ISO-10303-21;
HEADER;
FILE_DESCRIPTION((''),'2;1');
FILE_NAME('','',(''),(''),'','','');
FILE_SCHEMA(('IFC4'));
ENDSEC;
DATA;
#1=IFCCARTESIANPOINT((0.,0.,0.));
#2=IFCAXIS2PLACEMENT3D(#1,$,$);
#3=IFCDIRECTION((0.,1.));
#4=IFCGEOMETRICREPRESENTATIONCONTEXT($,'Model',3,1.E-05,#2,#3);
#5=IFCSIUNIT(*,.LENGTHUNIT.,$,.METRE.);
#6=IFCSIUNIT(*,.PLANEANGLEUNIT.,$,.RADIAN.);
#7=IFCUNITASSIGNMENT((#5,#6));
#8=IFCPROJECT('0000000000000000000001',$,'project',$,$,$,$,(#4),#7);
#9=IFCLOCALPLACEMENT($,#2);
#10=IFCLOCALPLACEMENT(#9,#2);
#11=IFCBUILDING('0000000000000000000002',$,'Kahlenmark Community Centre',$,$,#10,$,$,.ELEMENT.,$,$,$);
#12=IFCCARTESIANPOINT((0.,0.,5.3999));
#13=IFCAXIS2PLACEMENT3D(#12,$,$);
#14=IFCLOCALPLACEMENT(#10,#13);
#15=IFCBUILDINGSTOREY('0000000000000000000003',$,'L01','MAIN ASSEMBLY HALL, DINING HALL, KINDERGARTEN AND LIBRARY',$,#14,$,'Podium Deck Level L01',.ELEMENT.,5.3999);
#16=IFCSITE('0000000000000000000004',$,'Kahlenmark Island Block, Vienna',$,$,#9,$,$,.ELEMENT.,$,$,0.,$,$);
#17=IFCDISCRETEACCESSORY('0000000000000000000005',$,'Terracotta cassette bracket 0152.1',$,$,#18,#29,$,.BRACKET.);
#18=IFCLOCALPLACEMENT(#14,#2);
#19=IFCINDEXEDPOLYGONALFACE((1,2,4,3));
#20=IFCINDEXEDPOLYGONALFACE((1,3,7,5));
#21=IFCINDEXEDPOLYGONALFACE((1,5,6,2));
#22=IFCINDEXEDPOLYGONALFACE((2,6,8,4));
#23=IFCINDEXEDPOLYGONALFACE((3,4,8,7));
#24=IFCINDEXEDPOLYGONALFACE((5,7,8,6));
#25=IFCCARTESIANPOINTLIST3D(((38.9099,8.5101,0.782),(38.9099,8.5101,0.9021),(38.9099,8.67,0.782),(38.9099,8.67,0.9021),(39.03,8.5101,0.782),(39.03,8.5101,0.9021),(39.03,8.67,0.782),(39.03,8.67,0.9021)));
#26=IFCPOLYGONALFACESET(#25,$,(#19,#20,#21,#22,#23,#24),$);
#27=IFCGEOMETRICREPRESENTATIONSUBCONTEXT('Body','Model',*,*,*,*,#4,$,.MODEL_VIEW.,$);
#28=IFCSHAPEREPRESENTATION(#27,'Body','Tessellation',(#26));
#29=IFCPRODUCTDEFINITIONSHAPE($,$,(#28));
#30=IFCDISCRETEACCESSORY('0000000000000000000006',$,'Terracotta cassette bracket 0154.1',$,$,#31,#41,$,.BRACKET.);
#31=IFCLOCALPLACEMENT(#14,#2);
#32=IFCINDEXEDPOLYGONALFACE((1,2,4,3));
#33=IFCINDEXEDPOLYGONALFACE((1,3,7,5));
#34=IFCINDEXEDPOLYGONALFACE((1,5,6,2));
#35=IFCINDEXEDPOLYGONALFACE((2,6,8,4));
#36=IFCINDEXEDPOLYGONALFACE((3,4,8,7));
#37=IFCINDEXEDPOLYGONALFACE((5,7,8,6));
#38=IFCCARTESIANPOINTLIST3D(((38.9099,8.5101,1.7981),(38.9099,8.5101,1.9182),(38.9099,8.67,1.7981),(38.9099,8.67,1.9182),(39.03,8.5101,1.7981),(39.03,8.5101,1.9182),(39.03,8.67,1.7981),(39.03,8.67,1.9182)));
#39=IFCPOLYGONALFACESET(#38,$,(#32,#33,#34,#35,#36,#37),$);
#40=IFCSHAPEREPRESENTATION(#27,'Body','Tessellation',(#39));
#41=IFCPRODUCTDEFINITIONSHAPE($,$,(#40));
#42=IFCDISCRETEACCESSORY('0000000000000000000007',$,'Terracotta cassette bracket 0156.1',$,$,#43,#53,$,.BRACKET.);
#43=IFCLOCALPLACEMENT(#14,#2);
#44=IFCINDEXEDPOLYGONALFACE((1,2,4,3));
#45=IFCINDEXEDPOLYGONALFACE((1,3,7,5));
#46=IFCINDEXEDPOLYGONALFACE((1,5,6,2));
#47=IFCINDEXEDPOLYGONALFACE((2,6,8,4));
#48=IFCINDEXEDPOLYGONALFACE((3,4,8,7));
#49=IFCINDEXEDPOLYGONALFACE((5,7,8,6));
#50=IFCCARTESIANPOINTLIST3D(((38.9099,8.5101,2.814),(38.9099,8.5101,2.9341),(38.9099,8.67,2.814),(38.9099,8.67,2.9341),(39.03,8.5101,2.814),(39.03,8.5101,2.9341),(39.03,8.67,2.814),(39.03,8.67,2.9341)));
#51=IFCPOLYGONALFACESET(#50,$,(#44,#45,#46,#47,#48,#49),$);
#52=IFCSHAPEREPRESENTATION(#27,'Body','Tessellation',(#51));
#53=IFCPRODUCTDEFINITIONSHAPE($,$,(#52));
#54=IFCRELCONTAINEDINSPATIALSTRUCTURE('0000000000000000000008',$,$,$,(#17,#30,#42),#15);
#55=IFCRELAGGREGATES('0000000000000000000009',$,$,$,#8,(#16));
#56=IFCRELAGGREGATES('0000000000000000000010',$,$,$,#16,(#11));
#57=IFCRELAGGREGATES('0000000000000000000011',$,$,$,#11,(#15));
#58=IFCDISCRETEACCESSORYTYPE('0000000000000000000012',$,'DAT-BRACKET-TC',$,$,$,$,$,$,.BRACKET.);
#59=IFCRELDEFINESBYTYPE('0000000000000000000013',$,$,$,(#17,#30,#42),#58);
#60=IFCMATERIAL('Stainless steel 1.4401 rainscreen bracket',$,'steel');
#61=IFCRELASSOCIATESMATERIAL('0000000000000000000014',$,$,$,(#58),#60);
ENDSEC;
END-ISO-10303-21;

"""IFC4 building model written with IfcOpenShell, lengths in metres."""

from ifc_helpers import new_model, si_unit, direction, frame, origin, origin_2d, place, context, subcontext, project, spatial, rectangle, extrude, material, type_object, element, save


model = new_model("IFC4")

# Units and contexts
model_context = context("Model", 3, precision=1e-05, world=origin(), true_north=direction((0.0, 1.0)))
body_context = subcontext(model_context, "Body", "Model", "MODEL_VIEW")
ifc_project = project(units=[si_unit("LENGTHUNIT", "METRE"), si_unit("PLANEANGLEUNIT", "RADIAN")], contexts=[model_context])

# Site, building, storey
site_placement = place(None, origin())
site = spatial("IfcSite", under=ifc_project, at=site_placement, Name="Kahlenmark Island Block, Vienna", CompositionType="ELEMENT", RefElevation=0.0)
building_placement = place(site_placement, origin())
building = spatial("IfcBuilding", under=site, at=building_placement, Name="Kahlenmark Community Centre", CompositionType="ELEMENT")
storey_placement = place(building_placement, frame((0.0, 0.0, 5.3999)))
storey = spatial("IfcBuildingStorey", under=building, at=storey_placement, Name="L01", Description="MAIN ASSEMBLY HALL, DINING HALL, KINDERGARTEN AND LIBRARY", LongName="Podium Deck Level L01", CompositionType="ELEMENT", Elevation=5.3999)

# Discrete accessories
ifc_material_1 = material(Name="Stainless steel 1.4401 rainscreen bracket", Category="steel")
discrete_accessory_type = type_object("IfcDiscreteAccessoryType", Name="DAT-BRACKET-TC", PredefinedType="BRACKET", material=ifc_material_1)
for number, where, z_axis, x_axis, name in (
    (1, (38.97, 8.5901, 0.782), (0.0, 0.0, 1.0), (1.0, 0.0, 0.0), "Terracotta cassette bracket 0152.1"),
    (2, (38.97, 8.5901, 1.7981), (0.0, 0.0, 1.0), (1.0, 0.0, 0.0), "Terracotta cassette bracket 0154.1"),
    (3, (38.97, 8.5901, 2.814), (0.0, 0.0, 1.0), (1.0, 0.0, 0.0), "Terracotta cassette bracket 0156.1"),
):
    element("IfcDiscreteAccessory", number, at=place(storey_placement, frame(where, z_axis=z_axis, x_axis=x_axis)), inside=storey, type_object=discrete_accessory_type, Name=name, PredefinedType="BRACKET", context=body_context, shape_type="SweptSolid", body=[
        extrude(rectangle(XDim=0.1201, YDim=0.1599, at=origin_2d()), origin(), (0.0, 0.0, 1.0), 0.1201),
    ])

save(model, "model.ifc")
